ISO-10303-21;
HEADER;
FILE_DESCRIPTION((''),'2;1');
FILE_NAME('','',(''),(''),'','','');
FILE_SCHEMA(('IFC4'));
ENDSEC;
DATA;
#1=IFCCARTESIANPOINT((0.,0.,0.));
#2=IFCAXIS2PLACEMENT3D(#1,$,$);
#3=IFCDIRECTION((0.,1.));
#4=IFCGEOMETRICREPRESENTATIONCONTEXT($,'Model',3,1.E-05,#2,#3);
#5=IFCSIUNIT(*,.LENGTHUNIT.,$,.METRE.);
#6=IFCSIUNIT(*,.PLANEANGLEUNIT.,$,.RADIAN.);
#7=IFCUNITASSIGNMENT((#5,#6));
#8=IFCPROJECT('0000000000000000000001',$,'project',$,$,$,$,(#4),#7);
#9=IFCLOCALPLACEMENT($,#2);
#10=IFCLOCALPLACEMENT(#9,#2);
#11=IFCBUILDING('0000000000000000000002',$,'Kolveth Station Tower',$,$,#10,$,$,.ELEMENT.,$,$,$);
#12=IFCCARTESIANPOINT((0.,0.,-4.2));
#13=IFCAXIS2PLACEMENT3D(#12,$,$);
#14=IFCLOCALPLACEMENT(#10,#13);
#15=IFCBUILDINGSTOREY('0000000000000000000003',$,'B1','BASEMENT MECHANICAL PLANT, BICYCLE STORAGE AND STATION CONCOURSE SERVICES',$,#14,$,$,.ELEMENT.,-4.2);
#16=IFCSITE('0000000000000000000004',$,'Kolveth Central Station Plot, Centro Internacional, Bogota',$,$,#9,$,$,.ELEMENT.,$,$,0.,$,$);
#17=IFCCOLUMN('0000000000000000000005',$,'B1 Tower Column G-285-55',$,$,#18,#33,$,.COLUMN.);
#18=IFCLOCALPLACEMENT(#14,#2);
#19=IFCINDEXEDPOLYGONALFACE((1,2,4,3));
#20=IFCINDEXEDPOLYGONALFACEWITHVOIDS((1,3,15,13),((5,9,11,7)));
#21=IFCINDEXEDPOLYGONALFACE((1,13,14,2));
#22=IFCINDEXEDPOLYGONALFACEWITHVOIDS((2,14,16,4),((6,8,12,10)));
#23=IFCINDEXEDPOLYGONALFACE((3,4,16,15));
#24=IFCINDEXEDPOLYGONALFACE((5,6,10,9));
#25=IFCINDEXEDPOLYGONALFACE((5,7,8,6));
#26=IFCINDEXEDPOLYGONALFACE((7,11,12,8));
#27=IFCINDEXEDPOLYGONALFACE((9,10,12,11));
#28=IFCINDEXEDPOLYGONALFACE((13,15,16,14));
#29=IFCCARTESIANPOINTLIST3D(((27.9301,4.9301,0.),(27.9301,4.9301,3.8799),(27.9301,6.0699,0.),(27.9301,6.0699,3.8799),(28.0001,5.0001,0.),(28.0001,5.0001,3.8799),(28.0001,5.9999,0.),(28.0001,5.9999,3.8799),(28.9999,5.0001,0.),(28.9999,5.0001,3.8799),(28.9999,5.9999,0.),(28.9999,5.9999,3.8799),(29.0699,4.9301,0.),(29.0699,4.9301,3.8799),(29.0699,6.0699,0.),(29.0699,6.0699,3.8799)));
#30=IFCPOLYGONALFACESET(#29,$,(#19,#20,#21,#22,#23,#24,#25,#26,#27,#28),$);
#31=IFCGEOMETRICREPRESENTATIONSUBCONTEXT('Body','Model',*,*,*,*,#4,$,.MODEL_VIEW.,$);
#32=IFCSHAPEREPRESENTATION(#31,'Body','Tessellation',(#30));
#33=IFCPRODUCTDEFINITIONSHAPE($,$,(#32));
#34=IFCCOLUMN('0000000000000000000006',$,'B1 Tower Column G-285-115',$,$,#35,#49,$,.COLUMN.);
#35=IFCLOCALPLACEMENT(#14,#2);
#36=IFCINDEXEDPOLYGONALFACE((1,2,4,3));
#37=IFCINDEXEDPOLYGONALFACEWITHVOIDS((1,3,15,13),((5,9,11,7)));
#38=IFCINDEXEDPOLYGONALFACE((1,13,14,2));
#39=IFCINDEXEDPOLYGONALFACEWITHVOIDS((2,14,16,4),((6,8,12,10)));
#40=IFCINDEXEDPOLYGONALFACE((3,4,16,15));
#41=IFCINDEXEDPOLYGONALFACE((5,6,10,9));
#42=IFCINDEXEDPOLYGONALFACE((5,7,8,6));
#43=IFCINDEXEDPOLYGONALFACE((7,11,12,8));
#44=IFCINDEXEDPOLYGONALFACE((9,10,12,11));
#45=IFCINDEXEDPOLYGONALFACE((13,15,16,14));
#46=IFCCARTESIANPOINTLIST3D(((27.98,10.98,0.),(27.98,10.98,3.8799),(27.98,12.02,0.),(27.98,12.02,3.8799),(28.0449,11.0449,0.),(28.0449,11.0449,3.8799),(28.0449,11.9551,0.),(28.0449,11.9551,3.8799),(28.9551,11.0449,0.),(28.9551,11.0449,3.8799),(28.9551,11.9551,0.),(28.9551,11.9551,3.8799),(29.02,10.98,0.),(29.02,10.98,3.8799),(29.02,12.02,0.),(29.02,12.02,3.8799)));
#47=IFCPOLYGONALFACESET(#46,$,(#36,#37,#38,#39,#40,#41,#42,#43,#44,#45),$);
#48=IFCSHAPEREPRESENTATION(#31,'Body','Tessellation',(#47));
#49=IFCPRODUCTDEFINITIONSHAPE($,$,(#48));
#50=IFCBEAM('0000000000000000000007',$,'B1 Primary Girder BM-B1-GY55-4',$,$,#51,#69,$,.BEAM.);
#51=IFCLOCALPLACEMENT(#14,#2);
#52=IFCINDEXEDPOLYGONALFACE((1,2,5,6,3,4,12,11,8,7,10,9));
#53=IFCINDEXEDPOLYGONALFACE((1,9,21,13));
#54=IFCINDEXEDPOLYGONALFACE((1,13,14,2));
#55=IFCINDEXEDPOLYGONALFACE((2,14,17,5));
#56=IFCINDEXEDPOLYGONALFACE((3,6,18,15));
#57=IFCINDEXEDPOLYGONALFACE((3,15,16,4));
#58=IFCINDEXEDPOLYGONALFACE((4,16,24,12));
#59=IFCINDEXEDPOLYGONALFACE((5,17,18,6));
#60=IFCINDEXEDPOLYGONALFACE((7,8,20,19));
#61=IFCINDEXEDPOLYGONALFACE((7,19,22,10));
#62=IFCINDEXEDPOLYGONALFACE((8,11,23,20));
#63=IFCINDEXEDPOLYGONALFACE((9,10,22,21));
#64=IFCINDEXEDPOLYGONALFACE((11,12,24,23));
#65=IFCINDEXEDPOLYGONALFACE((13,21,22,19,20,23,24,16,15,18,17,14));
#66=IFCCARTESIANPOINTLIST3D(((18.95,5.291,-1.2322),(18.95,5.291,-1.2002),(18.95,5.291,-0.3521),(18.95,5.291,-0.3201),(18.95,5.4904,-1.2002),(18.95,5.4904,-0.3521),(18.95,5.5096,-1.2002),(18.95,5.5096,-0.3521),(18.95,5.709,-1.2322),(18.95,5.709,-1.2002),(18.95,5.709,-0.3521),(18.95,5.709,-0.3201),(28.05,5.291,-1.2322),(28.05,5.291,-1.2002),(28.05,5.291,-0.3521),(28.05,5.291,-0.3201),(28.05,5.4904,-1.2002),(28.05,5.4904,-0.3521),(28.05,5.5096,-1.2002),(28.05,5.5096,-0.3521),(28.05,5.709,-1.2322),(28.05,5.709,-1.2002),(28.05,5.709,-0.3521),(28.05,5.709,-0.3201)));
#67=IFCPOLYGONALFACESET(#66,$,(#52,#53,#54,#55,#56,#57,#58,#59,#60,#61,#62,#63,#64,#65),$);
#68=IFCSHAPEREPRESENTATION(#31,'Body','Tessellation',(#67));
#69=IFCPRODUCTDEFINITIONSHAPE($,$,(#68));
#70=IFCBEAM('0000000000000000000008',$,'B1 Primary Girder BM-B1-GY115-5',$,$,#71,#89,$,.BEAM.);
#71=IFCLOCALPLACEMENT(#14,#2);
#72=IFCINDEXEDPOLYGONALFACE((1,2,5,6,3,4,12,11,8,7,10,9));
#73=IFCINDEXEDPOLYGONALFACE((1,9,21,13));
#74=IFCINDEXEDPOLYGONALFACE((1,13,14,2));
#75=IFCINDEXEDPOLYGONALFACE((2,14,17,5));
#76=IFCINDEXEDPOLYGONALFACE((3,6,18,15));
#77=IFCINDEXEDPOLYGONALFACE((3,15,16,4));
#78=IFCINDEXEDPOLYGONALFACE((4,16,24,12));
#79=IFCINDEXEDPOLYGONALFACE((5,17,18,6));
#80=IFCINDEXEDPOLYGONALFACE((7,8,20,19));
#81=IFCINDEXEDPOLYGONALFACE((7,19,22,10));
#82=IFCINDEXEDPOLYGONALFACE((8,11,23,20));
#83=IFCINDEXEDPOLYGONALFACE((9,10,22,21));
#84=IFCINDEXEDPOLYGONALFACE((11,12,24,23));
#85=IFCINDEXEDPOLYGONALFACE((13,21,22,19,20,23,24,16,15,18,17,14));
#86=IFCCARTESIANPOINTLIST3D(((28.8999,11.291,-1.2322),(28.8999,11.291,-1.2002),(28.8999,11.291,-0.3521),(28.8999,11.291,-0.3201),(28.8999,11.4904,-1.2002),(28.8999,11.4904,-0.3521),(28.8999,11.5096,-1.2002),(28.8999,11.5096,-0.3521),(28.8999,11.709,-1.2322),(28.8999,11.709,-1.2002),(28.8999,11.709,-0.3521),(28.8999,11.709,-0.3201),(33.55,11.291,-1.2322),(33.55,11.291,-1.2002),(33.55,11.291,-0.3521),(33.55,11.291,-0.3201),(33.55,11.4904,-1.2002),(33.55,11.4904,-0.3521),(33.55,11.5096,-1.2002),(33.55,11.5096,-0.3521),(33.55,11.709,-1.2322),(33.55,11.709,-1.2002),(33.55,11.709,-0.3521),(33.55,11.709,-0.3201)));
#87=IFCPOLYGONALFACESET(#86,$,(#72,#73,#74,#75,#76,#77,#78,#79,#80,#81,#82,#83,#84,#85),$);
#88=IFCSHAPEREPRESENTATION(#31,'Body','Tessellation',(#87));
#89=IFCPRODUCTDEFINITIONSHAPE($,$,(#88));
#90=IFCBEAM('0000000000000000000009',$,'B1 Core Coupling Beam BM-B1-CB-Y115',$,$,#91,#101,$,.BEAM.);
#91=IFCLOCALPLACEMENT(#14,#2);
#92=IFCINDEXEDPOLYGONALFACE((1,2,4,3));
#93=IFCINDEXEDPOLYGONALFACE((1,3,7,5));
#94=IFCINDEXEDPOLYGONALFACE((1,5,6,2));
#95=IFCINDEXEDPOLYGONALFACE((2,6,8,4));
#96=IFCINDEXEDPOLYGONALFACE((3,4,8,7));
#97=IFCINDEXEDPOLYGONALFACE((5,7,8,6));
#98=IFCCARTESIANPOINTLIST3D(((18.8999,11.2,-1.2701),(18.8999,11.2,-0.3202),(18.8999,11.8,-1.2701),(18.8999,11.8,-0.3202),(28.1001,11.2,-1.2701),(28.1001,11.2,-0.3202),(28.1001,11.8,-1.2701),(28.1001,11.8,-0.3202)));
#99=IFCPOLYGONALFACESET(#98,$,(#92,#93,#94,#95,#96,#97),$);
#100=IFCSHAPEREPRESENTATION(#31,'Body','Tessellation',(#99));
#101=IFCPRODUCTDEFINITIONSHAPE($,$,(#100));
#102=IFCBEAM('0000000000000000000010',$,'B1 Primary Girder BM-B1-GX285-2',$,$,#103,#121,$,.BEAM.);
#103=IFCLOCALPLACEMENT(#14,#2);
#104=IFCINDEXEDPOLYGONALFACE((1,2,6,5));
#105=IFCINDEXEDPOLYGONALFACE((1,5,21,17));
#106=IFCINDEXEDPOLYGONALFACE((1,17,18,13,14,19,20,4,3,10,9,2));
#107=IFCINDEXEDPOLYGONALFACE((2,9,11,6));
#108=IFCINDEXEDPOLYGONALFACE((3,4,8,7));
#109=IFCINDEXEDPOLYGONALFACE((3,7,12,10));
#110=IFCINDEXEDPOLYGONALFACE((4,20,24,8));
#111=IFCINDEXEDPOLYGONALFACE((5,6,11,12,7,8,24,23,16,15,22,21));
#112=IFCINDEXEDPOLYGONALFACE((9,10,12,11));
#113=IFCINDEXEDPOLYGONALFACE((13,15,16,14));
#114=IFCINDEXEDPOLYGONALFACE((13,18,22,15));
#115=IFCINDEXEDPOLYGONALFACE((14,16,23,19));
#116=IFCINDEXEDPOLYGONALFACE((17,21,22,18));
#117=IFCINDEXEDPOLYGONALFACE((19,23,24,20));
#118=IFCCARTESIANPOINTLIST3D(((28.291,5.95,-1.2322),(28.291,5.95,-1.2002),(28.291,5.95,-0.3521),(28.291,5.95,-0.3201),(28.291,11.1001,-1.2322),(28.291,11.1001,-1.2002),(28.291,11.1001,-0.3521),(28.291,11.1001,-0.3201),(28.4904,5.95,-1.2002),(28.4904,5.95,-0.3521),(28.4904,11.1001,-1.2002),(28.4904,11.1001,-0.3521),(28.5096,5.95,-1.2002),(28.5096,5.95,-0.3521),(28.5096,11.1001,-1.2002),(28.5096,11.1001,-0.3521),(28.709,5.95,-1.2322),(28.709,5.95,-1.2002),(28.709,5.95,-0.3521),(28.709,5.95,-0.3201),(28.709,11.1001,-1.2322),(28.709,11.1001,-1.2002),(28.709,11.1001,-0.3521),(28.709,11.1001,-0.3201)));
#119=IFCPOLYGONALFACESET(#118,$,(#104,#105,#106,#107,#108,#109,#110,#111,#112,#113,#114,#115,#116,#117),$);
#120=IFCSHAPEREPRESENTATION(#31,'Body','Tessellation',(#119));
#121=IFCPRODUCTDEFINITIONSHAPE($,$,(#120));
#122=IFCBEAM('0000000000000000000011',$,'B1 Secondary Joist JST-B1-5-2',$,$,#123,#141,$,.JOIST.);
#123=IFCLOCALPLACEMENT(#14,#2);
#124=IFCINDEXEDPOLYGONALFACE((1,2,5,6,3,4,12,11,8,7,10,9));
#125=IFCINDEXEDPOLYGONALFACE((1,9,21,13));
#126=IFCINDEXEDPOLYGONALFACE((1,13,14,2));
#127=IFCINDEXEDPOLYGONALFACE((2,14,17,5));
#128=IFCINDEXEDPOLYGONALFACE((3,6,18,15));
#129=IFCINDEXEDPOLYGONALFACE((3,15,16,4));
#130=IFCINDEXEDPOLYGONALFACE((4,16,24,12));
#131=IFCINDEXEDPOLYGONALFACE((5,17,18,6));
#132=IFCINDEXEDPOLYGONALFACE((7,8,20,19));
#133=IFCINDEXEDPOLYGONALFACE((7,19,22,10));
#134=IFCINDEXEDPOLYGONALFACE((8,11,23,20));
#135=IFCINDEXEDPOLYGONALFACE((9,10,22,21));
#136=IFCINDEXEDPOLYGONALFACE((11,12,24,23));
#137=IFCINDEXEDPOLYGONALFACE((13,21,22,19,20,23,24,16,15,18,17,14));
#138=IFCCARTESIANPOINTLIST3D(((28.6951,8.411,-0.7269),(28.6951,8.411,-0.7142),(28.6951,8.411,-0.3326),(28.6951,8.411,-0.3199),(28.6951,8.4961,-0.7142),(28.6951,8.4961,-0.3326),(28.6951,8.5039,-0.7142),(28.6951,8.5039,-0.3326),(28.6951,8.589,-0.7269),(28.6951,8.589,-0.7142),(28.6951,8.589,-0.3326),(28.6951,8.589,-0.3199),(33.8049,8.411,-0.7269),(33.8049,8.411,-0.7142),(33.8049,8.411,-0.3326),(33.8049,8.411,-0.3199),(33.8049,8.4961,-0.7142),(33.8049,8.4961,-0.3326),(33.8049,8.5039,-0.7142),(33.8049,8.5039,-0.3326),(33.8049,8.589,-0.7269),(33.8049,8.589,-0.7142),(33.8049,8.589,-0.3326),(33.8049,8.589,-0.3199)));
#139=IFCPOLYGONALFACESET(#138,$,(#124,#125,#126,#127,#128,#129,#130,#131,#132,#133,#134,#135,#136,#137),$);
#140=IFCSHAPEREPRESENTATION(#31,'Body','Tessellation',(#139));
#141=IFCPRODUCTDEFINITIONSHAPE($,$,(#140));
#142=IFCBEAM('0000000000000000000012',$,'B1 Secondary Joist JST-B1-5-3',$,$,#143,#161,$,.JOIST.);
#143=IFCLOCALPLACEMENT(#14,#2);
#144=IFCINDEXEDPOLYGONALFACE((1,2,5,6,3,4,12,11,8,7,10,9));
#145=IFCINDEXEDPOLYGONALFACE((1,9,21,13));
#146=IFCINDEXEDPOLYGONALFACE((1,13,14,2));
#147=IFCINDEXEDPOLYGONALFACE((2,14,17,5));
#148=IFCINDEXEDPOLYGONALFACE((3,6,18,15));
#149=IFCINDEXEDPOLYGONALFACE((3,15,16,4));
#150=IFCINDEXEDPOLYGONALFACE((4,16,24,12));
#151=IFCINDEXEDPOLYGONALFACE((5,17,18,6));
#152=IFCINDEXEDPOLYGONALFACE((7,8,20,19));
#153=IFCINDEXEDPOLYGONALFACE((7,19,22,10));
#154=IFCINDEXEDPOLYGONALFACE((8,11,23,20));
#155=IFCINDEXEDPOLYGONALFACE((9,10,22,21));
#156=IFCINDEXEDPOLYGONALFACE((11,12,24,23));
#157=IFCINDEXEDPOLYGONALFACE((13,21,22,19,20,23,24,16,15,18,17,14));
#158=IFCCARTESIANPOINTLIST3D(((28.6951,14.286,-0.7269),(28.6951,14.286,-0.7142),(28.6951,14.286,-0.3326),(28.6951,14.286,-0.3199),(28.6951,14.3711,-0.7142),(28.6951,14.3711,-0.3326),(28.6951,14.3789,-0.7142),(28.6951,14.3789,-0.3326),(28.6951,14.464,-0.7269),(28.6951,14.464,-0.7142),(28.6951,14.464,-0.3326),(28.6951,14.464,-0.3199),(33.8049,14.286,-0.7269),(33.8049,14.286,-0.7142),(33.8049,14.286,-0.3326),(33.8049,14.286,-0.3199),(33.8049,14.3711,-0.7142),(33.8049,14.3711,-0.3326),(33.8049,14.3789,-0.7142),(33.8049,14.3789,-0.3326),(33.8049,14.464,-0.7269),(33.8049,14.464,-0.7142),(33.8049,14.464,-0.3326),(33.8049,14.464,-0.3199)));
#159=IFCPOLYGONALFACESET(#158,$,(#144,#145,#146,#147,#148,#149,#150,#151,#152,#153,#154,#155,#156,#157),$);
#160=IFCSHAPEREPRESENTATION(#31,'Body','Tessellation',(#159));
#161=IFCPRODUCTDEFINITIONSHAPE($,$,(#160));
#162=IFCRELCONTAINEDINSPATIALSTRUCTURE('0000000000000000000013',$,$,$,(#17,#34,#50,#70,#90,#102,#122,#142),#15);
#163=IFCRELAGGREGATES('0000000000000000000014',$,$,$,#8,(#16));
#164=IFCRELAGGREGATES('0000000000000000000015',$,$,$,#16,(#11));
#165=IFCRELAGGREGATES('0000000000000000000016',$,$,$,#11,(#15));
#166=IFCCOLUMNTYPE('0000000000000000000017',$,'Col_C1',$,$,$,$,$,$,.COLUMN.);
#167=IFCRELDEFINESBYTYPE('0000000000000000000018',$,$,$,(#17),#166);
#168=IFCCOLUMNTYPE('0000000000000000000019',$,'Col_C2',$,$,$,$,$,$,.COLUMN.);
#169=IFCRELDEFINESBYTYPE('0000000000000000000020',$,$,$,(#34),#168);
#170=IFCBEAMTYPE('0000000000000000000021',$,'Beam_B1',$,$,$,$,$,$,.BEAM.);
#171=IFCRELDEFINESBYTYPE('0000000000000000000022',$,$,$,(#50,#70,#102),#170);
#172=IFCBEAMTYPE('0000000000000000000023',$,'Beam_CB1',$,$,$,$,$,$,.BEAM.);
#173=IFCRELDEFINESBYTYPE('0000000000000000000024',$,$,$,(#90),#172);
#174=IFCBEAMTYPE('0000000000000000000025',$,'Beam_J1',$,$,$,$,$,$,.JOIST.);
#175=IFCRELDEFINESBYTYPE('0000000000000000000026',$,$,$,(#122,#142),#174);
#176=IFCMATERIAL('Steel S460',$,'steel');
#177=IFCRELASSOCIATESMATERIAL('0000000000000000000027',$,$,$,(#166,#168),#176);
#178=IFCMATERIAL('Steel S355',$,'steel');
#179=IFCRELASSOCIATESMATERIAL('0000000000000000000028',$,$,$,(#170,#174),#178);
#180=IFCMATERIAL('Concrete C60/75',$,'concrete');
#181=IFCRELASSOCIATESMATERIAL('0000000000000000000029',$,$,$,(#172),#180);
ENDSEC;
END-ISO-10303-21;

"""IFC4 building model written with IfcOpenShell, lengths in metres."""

from ifc_helpers import new_model, si_unit, direction, frame, origin, origin_2d, place, context, subcontext, project, spatial, rectangle, hollow_rectangle, i_section, extrude, source, transform, mapped, material, material_profile, profile_set, type_object, element, save


model = new_model("IFC4")

# Units and contexts
model_context = context("Model", 3, precision=1e-05, world=origin(), true_north=direction((0.0, 1.0)))
body_context = subcontext(model_context, "Body", "Model", "MODEL_VIEW")
ifc_project = project(units=[si_unit("LENGTHUNIT", "METRE"), si_unit("PLANEANGLEUNIT", "RADIAN")], contexts=[model_context])

# Site, building, storey
site_placement = place(None, origin())
site = spatial("IfcSite", under=ifc_project, at=site_placement, Name="Kolveth Central Station Plot, Centro Internacional, Bogota", CompositionType="ELEMENT", RefElevation=0.0)
building_placement = place(site_placement, origin())
building = spatial("IfcBuilding", under=site, at=building_placement, Name="Kolveth Station Tower", CompositionType="ELEMENT")
storey_placement = place(building_placement, frame((0.0, 0.0, -4.2)))
storey = spatial("IfcBuildingStorey", under=building, at=storey_placement, Name="B1", Description="BASEMENT MECHANICAL PLANT, BICYCLE STORAGE AND STATION CONCOURSE SERVICES", CompositionType="ELEMENT", Elevation=-4.2)

# Columns
ifc_material_1 = material(Name="Steel S460", Category="steel")
ifc_material_profile_1 = material_profile(ifc_material_1, hollow_rectangle(XDim=1.1399, YDim=1.1399, WallThickness=0.0701, at=origin_2d()), Name="BOX1140x1140x70")
ifc_profile_set_1 = profile_set([ifc_material_profile_1], Name="Steel S460")
column_type_1 = type_object("IfcColumnType", Name="Col_C1", PredefinedType="COLUMN", material=ifc_profile_set_1)
shared_shape_1 = source(origin(), body_context, "Body", "SweptSolid", [
    extrude(hollow_rectangle(XDim=1.1399, YDim=1.1399, WallThickness=0.0701, at=origin_2d()), origin(), (0.0, 0.0, 1.0), 3.8799),
])
column_1_placement = place(storey_placement, frame((28.5, 5.5, 0.0), z_axis=(0.0, 0.0, 1.0), x_axis=(1.0, 0.0, 0.0)))
element("IfcColumn", 1, at=column_1_placement, inside=storey, type_object=column_type_1, Name="B1 Tower Column G-285-55", PredefinedType="COLUMN", context=body_context, shape_type="MappedRepresentation", body=[
    mapped(shared_shape_1, transform((0.0, 0.0, 0.0), x_axis=(1.0, 0.0, 0.0), y_axis=(0.0, 1.0, 0.0), z_axis=(0.0, 0.0, 1.0), scale=1.0)),
])
ifc_material_profile_2 = material_profile(ifc_material_1, hollow_rectangle(XDim=1.04, YDim=1.04, WallThickness=0.0649, at=origin_2d()), Name="BOX1040x1040x65")
ifc_profile_set_2 = profile_set([ifc_material_profile_2], Name="Steel S460")
column_type_2 = type_object("IfcColumnType", Name="Col_C2", PredefinedType="COLUMN", material=ifc_profile_set_2)
shared_shape_2 = source(origin(), body_context, "Body", "SweptSolid", [
    extrude(hollow_rectangle(XDim=1.04, YDim=1.04, WallThickness=0.0649, at=origin_2d()), origin(), (0.0, 0.0, 1.0), 3.8799),
])
column_2_placement = place(storey_placement, frame((28.5, 11.5, 0.0), z_axis=(0.0, 0.0, 1.0), x_axis=(1.0, 0.0, 0.0)))
element("IfcColumn", 2, at=column_2_placement, inside=storey, type_object=column_type_2, Name="B1 Tower Column G-285-115", PredefinedType="COLUMN", context=body_context, shape_type="MappedRepresentation", body=[
    mapped(shared_shape_2, transform((0.0, 0.0, 0.0), x_axis=(1.0, 0.0, 0.0), y_axis=(0.0, 1.0, 0.0), z_axis=(0.0, 0.0, 1.0), scale=1.0)),
])

# Beams
ifc_material_2 = material(Name="Steel S355", Category="steel")
ifc_material_profile_3 = material_profile(ifc_material_2, i_section(OverallWidth=0.418, OverallDepth=0.9121, WebThickness=0.0193, FlangeThickness=0.032, at=origin_2d()), Name="W920x342")
ifc_profile_set_3 = profile_set([ifc_material_profile_3], Name="Steel S355")
beam_type_1 = type_object("IfcBeamType", Name="Beam_B1", PredefinedType="BEAM", material=ifc_profile_set_3)
shared_shape_3 = source(origin(), body_context, "Body", "SweptSolid", [
    extrude(i_section(OverallWidth=0.418, OverallDepth=0.9121, WebThickness=0.0193, FlangeThickness=0.032, at=origin_2d()), origin(), (0.0, 0.0, 1.0), 9.1001),
])
beam_1_placement = place(storey_placement, frame((18.95, 5.5, -0.7761), z_axis=(1.0, 0.0, 0.0), x_axis=(0.0, 1.0, 0.0)))
element("IfcBeam", 3, at=beam_1_placement, inside=storey, type_object=beam_type_1, Name="B1 Primary Girder BM-B1-GY55-4", PredefinedType="BEAM", context=body_context, shape_type="MappedRepresentation", body=[
    mapped(shared_shape_3, transform((0.0, 0.0, 0.0), x_axis=(1.0, 0.0, 0.0), y_axis=(0.0, 1.0, 0.0), z_axis=(0.0, 0.0, 1.0), scale=1.0)),
])
shared_shape_4 = source(origin(), body_context, "Body", "SweptSolid", [
    extrude(i_section(OverallWidth=0.418, OverallDepth=0.9121, WebThickness=0.0193, FlangeThickness=0.032, at=origin_2d()), origin(), (0.0, 0.0, 1.0), 4.6501),
])
beam_2_placement = place(storey_placement, frame((28.8999, 11.5, -0.7761), z_axis=(1.0, 0.0, 0.0), x_axis=(0.0, 1.0, 0.0)))
element("IfcBeam", 4, at=beam_2_placement, inside=storey, type_object=beam_type_1, Name="B1 Primary Girder BM-B1-GY115-5", PredefinedType="BEAM", context=body_context, shape_type="MappedRepresentation", body=[
    mapped(shared_shape_4, transform((0.0, 0.0, 0.0), x_axis=(1.0, 0.0, 0.0), y_axis=(0.0, 1.0, 0.0), z_axis=(0.0, 0.0, 1.0), scale=1.0)),
])
ifc_material_3 = material(Name="Concrete C60/75", Category="concrete")
ifc_material_profile_4 = material_profile(ifc_material_3, rectangle(XDim=0.6001, YDim=0.95, at=origin_2d()), Name="RC-600x950")
ifc_profile_set_4 = profile_set([ifc_material_profile_4], Name="Concrete C60/75")
beam_type_2 = type_object("IfcBeamType", Name="Beam_CB1", PredefinedType="BEAM", material=ifc_profile_set_4)
shared_shape_5 = source(origin(), body_context, "Body", "SweptSolid", [
    extrude(rectangle(XDim=0.6001, YDim=0.95, at=origin_2d()), origin(), (0.0, 0.0, 1.0), 9.2002),
])
beam_3_placement = place(storey_placement, frame((18.8999, 11.5, -0.7952), z_axis=(1.0, 0.0, 0.0), x_axis=(0.0, 1.0, 0.0)))
element("IfcBeam", 5, at=beam_3_placement, inside=storey, type_object=beam_type_2, Name="B1 Core Coupling Beam BM-B1-CB-Y115", PredefinedType="BEAM", context=body_context, shape_type="MappedRepresentation", body=[
    mapped(shared_shape_5, transform((0.0, 0.0, 0.0), x_axis=(1.0, 0.0, 0.0), y_axis=(0.0, 1.0, 0.0), z_axis=(0.0, 0.0, 1.0), scale=1.0)),
])
shared_shape_6 = source(origin(), body_context, "Body", "SweptSolid", [
    extrude(i_section(OverallWidth=0.418, OverallDepth=0.9121, WebThickness=0.0193, FlangeThickness=0.032, at=origin_2d()), origin(), (0.0, 0.0, 1.0), 5.1501),
])
beam_4_placement = place(storey_placement, frame((28.5, 5.95, -0.7761), z_axis=(0.0, 1.0, 0.0), x_axis=(-1.0, 0.0, 0.0)))
element("IfcBeam", 6, at=beam_4_placement, inside=storey, type_object=beam_type_1, Name="B1 Primary Girder BM-B1-GX285-2", PredefinedType="BEAM", context=body_context, shape_type="MappedRepresentation", body=[
    mapped(shared_shape_6, transform((0.0, 0.0, 0.0), x_axis=(1.0, 0.0, 0.0), y_axis=(0.0, 1.0, 0.0), z_axis=(0.0, 0.0, 1.0), scale=1.0)),
])
ifc_material_profile_5 = material_profile(ifc_material_2, i_section(OverallWidth=0.178, OverallDepth=0.407, WebThickness=0.0078, FlangeThickness=0.0127, at=origin_2d()), Name="W410x60")
ifc_profile_set_5 = profile_set([ifc_material_profile_5], Name="Steel S355")
beam_type_3 = type_object("IfcBeamType", Name="Beam_J1", PredefinedType="JOIST", material=ifc_profile_set_5)
shared_shape_7 = source(origin(), body_context, "Body", "SweptSolid", [
    extrude(i_section(OverallWidth=0.178, OverallDepth=0.407, WebThickness=0.0078, FlangeThickness=0.0127, at=origin_2d()), origin(), (0.0, 0.0, 1.0), 5.1099),
])
for number, where, z_axis, x_axis, name in (
    (7, (28.6951, 8.5, -0.5234), (1.0, 0.0, 0.0), (0.0, 1.0, 0.0), "B1 Secondary Joist JST-B1-5-2"),
    (8, (28.6951, 14.375, -0.5234), (1.0, 0.0, 0.0), (0.0, 1.0, 0.0), "B1 Secondary Joist JST-B1-5-3"),
):
    element("IfcBeam", number, at=place(storey_placement, frame(where, z_axis=z_axis, x_axis=x_axis)), inside=storey, type_object=beam_type_3, Name=name, PredefinedType="JOIST", context=body_context, shape_type="MappedRepresentation", body=[
        mapped(shared_shape_7, transform((0.0, 0.0, 0.0), x_axis=(1.0, 0.0, 0.0), y_axis=(0.0, 1.0, 0.0), z_axis=(0.0, 0.0, 1.0), scale=1.0)),
    ])

save(model, "model.ifc")
